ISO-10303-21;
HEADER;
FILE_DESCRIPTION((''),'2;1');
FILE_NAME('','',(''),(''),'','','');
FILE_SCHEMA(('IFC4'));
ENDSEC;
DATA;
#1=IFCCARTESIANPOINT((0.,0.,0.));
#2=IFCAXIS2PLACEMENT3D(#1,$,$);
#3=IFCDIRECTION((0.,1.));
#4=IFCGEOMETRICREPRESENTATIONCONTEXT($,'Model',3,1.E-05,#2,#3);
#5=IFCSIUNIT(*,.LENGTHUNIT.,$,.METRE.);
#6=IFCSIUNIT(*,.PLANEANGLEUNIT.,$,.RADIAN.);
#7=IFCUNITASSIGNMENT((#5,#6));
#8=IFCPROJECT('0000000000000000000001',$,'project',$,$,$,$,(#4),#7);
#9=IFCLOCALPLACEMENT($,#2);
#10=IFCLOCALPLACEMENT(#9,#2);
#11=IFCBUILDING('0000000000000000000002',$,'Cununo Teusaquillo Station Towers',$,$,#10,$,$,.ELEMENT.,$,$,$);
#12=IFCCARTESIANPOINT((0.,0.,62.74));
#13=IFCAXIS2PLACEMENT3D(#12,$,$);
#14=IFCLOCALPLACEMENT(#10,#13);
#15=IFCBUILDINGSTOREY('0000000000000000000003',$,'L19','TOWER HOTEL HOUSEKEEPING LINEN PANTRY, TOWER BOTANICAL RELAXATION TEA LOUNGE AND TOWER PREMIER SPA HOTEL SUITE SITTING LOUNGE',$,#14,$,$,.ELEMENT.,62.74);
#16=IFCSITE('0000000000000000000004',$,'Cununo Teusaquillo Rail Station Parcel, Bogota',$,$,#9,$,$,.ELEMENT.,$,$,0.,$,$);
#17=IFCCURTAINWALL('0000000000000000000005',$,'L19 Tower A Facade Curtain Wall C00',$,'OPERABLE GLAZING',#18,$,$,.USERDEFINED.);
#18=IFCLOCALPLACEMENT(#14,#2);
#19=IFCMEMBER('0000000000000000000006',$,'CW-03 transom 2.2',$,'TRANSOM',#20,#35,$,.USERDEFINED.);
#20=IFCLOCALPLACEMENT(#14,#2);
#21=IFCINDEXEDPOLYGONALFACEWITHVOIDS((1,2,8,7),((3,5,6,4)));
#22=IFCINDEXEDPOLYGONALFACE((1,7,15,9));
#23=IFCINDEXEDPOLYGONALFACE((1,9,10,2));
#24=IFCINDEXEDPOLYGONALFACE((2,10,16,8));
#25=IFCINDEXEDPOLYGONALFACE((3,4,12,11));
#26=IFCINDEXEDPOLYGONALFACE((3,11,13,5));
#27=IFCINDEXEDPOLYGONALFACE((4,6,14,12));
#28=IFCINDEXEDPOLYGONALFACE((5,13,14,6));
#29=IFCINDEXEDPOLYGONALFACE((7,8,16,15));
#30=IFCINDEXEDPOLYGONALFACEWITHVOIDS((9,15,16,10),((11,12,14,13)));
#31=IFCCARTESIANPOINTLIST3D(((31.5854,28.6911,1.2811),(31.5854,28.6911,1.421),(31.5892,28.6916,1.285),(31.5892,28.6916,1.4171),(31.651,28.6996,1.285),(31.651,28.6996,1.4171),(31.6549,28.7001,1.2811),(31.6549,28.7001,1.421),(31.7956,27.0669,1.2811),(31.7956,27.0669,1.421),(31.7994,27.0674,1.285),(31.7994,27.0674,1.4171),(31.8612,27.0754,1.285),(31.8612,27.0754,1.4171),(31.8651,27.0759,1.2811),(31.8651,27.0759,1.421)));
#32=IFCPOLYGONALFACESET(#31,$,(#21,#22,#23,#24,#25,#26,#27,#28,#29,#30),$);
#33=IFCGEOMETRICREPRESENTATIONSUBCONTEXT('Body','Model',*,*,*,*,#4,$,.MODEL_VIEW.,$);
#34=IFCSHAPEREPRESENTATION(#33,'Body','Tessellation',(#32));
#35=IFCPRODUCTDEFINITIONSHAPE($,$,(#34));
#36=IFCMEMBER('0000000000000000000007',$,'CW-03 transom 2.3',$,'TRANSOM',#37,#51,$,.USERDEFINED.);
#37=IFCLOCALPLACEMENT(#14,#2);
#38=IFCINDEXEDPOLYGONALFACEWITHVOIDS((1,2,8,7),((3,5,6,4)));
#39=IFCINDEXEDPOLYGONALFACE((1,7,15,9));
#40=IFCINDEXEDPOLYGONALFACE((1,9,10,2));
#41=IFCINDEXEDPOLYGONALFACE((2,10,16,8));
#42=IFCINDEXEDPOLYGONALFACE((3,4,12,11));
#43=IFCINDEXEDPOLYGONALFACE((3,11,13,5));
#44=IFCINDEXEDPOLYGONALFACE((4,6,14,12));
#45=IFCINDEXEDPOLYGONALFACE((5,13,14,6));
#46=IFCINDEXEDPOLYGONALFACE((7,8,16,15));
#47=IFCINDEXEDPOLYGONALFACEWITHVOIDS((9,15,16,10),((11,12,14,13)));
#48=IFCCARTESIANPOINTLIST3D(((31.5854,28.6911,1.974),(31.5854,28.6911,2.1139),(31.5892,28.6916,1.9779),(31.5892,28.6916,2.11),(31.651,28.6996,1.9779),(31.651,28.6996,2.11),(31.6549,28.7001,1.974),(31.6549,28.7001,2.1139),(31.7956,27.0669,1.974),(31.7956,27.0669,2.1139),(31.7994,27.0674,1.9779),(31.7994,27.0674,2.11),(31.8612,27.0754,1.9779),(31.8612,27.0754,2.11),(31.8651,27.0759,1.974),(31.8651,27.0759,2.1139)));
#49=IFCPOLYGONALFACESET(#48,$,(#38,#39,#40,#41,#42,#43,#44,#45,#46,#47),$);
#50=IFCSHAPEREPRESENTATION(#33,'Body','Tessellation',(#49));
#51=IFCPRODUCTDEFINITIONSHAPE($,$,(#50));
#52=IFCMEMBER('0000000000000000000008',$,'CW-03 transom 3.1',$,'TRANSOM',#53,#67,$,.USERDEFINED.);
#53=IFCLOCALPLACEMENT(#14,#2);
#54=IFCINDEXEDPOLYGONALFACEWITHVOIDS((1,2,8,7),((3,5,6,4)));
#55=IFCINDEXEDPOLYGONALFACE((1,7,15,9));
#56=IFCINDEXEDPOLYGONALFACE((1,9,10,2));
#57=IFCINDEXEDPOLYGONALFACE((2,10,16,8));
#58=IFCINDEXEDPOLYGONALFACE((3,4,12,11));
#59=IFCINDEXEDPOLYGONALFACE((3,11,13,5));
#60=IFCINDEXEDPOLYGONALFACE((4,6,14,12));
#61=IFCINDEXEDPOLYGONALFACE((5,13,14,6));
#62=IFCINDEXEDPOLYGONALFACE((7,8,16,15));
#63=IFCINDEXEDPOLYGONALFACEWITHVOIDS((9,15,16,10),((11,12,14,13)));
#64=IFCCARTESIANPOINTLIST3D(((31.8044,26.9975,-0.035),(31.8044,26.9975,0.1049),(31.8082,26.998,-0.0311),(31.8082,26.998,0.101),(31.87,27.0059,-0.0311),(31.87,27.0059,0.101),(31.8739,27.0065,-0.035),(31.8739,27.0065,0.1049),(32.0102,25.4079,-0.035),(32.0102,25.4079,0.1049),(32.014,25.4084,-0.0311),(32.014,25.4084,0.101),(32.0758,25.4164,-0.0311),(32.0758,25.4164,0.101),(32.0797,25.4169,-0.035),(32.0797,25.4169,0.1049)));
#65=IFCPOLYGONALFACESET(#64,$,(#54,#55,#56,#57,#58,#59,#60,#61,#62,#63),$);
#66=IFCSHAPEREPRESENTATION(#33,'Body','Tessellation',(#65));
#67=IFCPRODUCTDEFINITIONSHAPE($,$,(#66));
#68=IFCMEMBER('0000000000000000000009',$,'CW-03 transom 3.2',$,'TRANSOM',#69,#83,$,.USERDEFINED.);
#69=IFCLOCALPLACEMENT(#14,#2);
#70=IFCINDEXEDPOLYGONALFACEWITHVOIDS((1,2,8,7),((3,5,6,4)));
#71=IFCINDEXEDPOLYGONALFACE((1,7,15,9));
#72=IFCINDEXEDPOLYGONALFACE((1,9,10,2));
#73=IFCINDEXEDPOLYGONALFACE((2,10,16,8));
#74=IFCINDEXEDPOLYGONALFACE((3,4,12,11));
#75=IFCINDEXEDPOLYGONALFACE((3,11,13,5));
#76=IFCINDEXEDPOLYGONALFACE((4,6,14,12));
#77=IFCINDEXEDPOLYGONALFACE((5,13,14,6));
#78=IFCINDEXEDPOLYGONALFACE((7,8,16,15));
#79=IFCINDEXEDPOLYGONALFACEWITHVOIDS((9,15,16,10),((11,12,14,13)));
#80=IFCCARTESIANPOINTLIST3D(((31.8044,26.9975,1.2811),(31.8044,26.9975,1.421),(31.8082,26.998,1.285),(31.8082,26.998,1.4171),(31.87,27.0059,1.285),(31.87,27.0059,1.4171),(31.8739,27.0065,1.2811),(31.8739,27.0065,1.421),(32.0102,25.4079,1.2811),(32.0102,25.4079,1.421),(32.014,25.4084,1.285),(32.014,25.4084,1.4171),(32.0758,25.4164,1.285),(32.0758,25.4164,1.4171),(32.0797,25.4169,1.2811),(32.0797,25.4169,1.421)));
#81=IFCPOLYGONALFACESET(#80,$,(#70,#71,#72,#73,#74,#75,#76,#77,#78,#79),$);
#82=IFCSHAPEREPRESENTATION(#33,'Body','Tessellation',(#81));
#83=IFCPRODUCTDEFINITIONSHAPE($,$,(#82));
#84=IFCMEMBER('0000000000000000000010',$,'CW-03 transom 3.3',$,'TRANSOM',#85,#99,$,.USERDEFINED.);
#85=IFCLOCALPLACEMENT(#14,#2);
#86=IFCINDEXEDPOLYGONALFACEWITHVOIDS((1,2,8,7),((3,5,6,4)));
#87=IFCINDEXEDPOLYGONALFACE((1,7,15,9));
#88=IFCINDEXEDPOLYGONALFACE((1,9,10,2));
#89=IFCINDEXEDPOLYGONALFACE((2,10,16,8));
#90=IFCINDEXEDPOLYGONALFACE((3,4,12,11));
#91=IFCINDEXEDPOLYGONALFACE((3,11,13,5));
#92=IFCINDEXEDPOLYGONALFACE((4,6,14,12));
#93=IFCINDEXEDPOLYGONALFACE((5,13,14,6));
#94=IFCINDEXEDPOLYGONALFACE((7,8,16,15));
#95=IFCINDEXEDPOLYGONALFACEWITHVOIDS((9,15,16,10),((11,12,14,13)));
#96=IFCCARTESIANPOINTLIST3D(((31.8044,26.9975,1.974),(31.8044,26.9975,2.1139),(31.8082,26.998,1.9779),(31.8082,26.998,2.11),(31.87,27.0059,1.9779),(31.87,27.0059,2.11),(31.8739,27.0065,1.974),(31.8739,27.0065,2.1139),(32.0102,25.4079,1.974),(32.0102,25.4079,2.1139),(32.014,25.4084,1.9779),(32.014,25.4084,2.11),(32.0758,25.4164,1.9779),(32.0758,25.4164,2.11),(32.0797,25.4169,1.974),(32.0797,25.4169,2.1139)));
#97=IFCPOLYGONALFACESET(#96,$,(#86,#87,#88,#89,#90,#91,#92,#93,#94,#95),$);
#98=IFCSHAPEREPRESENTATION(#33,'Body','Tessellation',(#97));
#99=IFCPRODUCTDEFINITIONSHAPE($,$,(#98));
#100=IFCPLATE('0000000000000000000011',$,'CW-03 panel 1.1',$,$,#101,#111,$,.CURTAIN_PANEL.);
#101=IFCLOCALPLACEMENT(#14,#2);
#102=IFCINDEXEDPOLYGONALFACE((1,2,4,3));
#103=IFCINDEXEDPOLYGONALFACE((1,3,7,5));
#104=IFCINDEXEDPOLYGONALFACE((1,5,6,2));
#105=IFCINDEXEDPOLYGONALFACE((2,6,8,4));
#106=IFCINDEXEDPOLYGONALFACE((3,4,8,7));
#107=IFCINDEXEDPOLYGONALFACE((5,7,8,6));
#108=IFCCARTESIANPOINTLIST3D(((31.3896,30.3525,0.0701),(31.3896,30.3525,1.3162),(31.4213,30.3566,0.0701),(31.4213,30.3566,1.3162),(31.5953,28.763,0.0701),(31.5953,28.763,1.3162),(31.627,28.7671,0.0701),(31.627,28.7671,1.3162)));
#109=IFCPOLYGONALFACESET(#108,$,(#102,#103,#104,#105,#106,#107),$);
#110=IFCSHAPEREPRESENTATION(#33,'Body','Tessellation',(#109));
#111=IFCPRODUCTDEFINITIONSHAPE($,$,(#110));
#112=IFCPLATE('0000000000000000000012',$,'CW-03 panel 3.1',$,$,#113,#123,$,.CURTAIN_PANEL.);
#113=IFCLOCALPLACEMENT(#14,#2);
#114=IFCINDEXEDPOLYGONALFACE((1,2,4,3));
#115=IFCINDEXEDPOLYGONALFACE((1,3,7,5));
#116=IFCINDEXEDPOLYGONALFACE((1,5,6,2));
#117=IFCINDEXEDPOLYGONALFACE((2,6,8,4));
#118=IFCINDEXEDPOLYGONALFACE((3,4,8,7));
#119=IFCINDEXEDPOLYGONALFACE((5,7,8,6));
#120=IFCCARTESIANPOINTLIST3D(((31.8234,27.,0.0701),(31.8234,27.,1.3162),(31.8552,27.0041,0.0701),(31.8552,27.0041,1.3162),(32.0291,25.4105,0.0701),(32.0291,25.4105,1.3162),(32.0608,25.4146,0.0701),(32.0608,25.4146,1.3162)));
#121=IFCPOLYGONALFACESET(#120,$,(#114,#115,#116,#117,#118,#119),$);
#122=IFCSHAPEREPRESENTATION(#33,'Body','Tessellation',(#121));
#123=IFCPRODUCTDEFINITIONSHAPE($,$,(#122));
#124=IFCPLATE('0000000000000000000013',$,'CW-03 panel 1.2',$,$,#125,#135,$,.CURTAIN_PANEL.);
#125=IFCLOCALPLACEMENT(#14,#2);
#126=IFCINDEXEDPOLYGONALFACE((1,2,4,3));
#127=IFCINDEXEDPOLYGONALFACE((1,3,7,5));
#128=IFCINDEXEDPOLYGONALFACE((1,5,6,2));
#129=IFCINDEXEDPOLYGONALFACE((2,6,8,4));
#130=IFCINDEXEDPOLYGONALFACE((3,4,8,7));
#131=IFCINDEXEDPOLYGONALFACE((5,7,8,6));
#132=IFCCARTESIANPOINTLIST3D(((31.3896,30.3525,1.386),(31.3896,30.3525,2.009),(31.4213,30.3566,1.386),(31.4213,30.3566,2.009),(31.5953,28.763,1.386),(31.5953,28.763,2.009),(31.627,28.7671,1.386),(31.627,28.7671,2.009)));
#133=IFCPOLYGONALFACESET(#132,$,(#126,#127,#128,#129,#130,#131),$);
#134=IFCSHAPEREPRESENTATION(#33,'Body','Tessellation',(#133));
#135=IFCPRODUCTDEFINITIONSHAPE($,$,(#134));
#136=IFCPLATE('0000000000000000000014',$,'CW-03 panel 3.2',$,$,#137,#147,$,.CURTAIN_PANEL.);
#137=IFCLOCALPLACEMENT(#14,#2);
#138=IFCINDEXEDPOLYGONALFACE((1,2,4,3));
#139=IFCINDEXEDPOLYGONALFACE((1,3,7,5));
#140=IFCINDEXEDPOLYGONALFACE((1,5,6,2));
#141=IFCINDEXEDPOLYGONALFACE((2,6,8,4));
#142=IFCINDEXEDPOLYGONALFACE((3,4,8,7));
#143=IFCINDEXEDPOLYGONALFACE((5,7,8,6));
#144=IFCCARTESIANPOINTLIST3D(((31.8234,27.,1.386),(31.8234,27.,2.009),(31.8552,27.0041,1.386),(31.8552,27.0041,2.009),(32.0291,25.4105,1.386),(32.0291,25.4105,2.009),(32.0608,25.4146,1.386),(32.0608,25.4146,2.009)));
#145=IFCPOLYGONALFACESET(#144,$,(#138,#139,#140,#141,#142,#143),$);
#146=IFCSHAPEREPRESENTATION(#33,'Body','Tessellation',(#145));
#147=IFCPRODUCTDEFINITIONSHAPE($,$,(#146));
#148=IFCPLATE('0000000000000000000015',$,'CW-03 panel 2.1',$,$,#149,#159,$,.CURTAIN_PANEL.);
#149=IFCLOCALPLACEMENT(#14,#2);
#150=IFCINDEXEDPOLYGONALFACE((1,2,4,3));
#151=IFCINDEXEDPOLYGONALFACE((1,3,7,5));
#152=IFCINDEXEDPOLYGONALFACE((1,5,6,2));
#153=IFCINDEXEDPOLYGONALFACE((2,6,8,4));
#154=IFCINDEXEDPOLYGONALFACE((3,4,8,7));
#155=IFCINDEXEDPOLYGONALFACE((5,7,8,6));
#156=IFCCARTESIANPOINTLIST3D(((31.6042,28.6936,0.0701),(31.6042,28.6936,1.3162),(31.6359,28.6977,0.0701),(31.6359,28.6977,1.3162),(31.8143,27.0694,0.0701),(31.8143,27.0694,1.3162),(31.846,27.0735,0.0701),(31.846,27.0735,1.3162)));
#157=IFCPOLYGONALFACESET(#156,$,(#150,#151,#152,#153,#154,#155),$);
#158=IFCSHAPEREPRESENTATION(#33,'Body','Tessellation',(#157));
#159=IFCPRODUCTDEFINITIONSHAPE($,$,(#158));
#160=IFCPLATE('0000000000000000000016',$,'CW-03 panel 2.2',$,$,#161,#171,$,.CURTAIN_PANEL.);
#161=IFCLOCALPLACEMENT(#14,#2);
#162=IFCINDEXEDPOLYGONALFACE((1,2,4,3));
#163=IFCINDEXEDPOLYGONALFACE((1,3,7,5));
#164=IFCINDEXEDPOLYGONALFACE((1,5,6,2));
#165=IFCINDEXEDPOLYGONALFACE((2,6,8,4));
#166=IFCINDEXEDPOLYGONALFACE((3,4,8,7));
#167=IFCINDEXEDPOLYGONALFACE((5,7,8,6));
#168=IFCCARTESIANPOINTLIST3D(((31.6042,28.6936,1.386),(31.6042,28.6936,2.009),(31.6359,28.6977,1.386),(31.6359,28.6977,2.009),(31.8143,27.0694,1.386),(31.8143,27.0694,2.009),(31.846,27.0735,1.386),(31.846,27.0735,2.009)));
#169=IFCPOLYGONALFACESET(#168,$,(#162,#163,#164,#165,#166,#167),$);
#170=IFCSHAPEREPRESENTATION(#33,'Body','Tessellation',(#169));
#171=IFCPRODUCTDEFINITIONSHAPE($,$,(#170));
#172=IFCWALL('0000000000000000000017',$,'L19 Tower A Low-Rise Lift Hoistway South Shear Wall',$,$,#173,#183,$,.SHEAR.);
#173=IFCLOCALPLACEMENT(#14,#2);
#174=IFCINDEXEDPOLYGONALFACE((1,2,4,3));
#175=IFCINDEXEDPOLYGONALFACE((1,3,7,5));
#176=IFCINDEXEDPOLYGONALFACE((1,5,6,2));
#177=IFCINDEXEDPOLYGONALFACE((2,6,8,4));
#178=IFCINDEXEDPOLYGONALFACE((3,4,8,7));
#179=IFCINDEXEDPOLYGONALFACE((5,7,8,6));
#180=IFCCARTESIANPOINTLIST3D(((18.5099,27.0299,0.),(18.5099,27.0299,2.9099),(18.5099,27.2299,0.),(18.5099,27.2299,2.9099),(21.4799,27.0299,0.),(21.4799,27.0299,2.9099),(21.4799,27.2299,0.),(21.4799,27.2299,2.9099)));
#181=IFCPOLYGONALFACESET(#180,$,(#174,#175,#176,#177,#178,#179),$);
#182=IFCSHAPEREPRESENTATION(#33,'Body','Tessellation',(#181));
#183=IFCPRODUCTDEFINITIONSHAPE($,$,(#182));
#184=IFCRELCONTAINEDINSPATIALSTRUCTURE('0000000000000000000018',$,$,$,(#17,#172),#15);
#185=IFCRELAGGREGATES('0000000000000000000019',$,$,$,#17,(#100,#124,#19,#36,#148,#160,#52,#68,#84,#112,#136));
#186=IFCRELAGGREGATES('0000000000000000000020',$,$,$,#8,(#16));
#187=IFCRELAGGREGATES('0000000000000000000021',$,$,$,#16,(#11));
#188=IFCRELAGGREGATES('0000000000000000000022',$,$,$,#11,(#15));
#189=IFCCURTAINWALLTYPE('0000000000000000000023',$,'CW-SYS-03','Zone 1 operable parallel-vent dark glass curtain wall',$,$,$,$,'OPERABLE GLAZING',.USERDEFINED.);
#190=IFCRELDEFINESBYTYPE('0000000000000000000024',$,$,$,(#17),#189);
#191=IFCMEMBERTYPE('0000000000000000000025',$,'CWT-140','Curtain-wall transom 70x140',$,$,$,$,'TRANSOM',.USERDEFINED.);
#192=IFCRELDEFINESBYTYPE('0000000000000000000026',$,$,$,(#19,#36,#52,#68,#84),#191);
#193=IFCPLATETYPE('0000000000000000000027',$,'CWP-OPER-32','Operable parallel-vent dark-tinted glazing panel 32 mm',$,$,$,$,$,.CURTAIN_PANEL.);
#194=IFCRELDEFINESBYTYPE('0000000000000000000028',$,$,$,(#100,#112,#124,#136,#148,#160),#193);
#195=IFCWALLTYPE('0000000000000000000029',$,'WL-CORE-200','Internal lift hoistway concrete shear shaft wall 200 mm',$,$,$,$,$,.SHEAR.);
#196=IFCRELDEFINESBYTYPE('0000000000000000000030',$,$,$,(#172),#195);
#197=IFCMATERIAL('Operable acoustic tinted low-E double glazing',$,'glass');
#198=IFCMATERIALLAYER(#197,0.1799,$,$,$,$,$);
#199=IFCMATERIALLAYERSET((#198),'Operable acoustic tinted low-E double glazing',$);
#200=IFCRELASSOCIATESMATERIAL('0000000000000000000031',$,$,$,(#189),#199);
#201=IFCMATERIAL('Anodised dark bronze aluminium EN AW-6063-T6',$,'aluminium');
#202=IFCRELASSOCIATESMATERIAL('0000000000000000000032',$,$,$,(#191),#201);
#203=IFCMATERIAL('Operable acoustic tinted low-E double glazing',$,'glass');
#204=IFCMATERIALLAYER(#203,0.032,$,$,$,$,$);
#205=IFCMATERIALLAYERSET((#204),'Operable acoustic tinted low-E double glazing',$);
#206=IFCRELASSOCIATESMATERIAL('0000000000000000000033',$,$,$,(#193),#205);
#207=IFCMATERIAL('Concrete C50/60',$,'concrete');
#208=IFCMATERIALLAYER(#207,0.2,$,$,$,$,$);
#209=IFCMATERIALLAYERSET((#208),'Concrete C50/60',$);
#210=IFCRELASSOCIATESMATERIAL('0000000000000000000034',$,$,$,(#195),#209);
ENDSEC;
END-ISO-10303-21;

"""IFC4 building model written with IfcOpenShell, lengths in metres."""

from ifc_helpers import new_model, si_unit, direction, frame, frame_2d, origin, origin_2d, place, context, subcontext, project, spatial, rectangle, hollow_rectangle, extrude, source, transform, mapped, material, layer, layer_set, material_profile, profile_set, type_object, element, aggregate, save


model = new_model("IFC4")

# Units and contexts
model_context = context("Model", 3, precision=1e-05, world=origin(), true_north=direction((0.0, 1.0)))
body_context = subcontext(model_context, "Body", "Model", "MODEL_VIEW")
ifc_project = project(units=[si_unit("LENGTHUNIT", "METRE"), si_unit("PLANEANGLEUNIT", "RADIAN")], contexts=[model_context])

# Site, building, storey
site_placement = place(None, origin())
site = spatial("IfcSite", under=ifc_project, at=site_placement, Name="Cununo Teusaquillo Rail Station Parcel, Bogota", CompositionType="ELEMENT", RefElevation=0.0)
building_placement = place(site_placement, origin())
building = spatial("IfcBuilding", under=site, at=building_placement, Name="Cununo Teusaquillo Station Towers", CompositionType="ELEMENT")
storey_placement = place(building_placement, frame((0.0, 0.0, 62.74)))
storey = spatial("IfcBuildingStorey", under=building, at=storey_placement, Name="L19", Description="TOWER HOTEL HOUSEKEEPING LINEN PANTRY, TOWER BOTANICAL RELAXATION TEA LOUNGE AND TOWER PREMIER SPA HOTEL SUITE SITTING LOUNGE", CompositionType="ELEMENT", Elevation=62.74)

# Curtain wall, members, plates
ifc_material_1 = material(Name="Operable acoustic tinted low-E double glazing", Category="glass")
ifc_layer_1 = layer(ifc_material_1, 0.1799)
ifc_layer_set_1 = layer_set([ifc_layer_1], Name="Operable acoustic tinted low-E double glazing")
curtain_wall_type = type_object("IfcCurtainWallType", Name="CW-SYS-03", Description="Zone 1 operable parallel-vent dark glass curtain wall", ElementType="OPERABLE GLAZING", PredefinedType="USERDEFINED", material=ifc_layer_set_1)
curtain_wall_placement = place(storey_placement, origin())
curtain_wall = element("IfcCurtainWall", 1, at=curtain_wall_placement, inside=storey, type_object=curtain_wall_type, Name="L19 Tower A Facade Curtain Wall C00", ObjectType="OPERABLE GLAZING", PredefinedType="USERDEFINED")
ifc_material_2 = material(Name="Anodised dark bronze aluminium EN AW-6063-T6", Category="aluminium")
ifc_material_profile_1 = material_profile(ifc_material_2, hollow_rectangle(XDim=0.0701, YDim=0.1399, WallThickness=0.0039, at=origin_2d()), Name="CW-TRAN-70x140")
ifc_profile_set_1 = profile_set([ifc_material_profile_1], Name="Anodised dark bronze aluminium EN AW-6063-T6")
member_type_1 = type_object("IfcMemberType", Name="CWT-140", Description="Curtain-wall transom 70x140", ElementType="TRANSOM", PredefinedType="USERDEFINED", material=ifc_profile_set_1)
member_1_placement = place(storey_placement, frame((31.6201, 28.6956, 1.3511), z_axis=(0.128345, -0.99173, 0.0), x_axis=(0.99173, 0.128345, 0.0)))
member_1 = element("IfcMember", 2, at=member_1_placement, type_object=member_type_1, Name="CW-03 transom 2.2", ObjectType="TRANSOM", PredefinedType="USERDEFINED", context=body_context, shape_type="SweptSolid", body=[
    extrude(hollow_rectangle(XDim=0.0701, YDim=0.1399, WallThickness=0.0039, at=origin_2d()), origin(), (0.0, 0.0, 1.0), 1.6377),
])
member_2_placement = place(storey_placement, frame((31.6201, 28.6956, 2.0439), z_axis=(0.128345, -0.99173, 0.0), x_axis=(0.99173, 0.128345, 0.0)))
member_2 = element("IfcMember", 3, at=member_2_placement, type_object=member_type_1, Name="CW-03 transom 2.3", ObjectType="TRANSOM", PredefinedType="USERDEFINED", context=body_context, shape_type="SweptSolid", body=[
    extrude(hollow_rectangle(XDim=0.0701, YDim=0.1399, WallThickness=0.0039, at=origin_2d()), origin(), (0.0, 0.0, 1.0), 1.6377),
])
member_3_placement = place(storey_placement, frame((31.8391, 27.002, 0.0349), z_axis=(0.128401, -0.991722, 0.0), x_axis=(0.991722, 0.128401, 0.0)))
member_3 = element("IfcMember", 4, at=member_3_placement, type_object=member_type_1, Name="CW-03 transom 3.1", ObjectType="TRANSOM", PredefinedType="USERDEFINED", context=body_context, shape_type="SweptSolid", body=[
    extrude(hollow_rectangle(XDim=0.0701, YDim=0.1399, WallThickness=0.0039, at=origin_2d()), origin(), (0.0, 0.0, 1.0), 1.6028),
])
member_4_placement = place(storey_placement, frame((31.8391, 27.002, 1.3511), z_axis=(0.128401, -0.991722, 0.0), x_axis=(0.991722, 0.128401, 0.0)))
member_4 = element("IfcMember", 5, at=member_4_placement, type_object=member_type_1, Name="CW-03 transom 3.2", ObjectType="TRANSOM", PredefinedType="USERDEFINED", context=body_context, shape_type="SweptSolid", body=[
    extrude(hollow_rectangle(XDim=0.0701, YDim=0.1399, WallThickness=0.0039, at=origin_2d()), origin(), (0.0, 0.0, 1.0), 1.6028),
])
member_5_placement = place(storey_placement, frame((31.8391, 27.002, 2.0439), z_axis=(0.128401, -0.991722, 0.0), x_axis=(0.991722, 0.128401, 0.0)))
member_5 = element("IfcMember", 6, at=member_5_placement, type_object=member_type_1, Name="CW-03 transom 3.3", ObjectType="TRANSOM", PredefinedType="USERDEFINED", context=body_context, shape_type="SweptSolid", body=[
    extrude(hollow_rectangle(XDim=0.0701, YDim=0.1399, WallThickness=0.0039, at=origin_2d()), origin(), (0.0, 0.0, 1.0), 1.6028),
])
ifc_material_3 = material(Name="Operable acoustic tinted low-E double glazing", Category="glass")
ifc_layer_2 = layer(ifc_material_3, 0.032)
ifc_layer_set_2 = layer_set([ifc_layer_2], Name="Operable acoustic tinted low-E double glazing")
plate_type = type_object("IfcPlateType", Name="CWP-OPER-32", Description="Operable parallel-vent dark-tinted glazing panel 32 mm", PredefinedType="CURTAIN_PANEL", material=ifc_layer_set_2)
shared_shape_1 = source(origin(), body_context, "Body", "SweptSolid", [
    extrude(rectangle(XDim=1.6028, YDim=0.032, at=origin_2d()), origin(), (0.0, 0.0, 1.0), 1.2461),
])
plate_1_placement = place(storey_placement, frame((31.5083, 29.5598, 0.0701), z_axis=(0.0, 0.0, 1.0), x_axis=(0.128336, -0.991731, 0.0)))
plate_1 = element("IfcPlate", 7, at=plate_1_placement, type_object=plate_type, Name="CW-03 panel 1.1", PredefinedType="CURTAIN_PANEL", context=body_context, shape_type="MappedRepresentation", body=[
    mapped(shared_shape_1, transform((0.0, 0.0, 0.0), x_axis=(1.0, 0.0, 0.0), y_axis=(0.0, 1.0, 0.0), z_axis=(0.0, 0.0, 1.0), scale=1.0)),
])
plate_2_placement = place(storey_placement, frame((31.9421, 26.2073, 0.0701), z_axis=(0.0, 0.0, 1.0), x_axis=(0.128336, -0.991731, 0.0)))
plate_2 = element("IfcPlate", 8, at=plate_2_placement, type_object=plate_type, Name="CW-03 panel 3.1", PredefinedType="CURTAIN_PANEL", context=body_context, shape_type="MappedRepresentation", body=[
    mapped(shared_shape_1, transform((0.0, 0.0, 0.0), x_axis=(1.0, 0.0, 0.0), y_axis=(0.0, 1.0, 0.0), z_axis=(0.0, 0.0, 1.0), scale=1.0)),
])
shared_shape_2 = source(origin(), body_context, "Body", "SweptSolid", [
    extrude(rectangle(XDim=1.6028, YDim=0.032, at=origin_2d()), origin(), (0.0, 0.0, 1.0), 0.623),
])
plate_3_placement = place(storey_placement, frame((31.5083, 29.5598, 1.386), z_axis=(0.0, 0.0, 1.0), x_axis=(0.128336, -0.991731, 0.0)))
plate_3 = element("IfcPlate", 9, at=plate_3_placement, type_object=plate_type, Name="CW-03 panel 1.2", PredefinedType="CURTAIN_PANEL", context=body_context, shape_type="MappedRepresentation", body=[
    mapped(shared_shape_2, transform((0.0, 0.0, 0.0), x_axis=(1.0, 0.0, 0.0), y_axis=(0.0, 1.0, 0.0), z_axis=(0.0, 0.0, 1.0), scale=1.0)),
])
plate_4_placement = place(storey_placement, frame((31.9421, 26.2073, 1.386), z_axis=(0.0, 0.0, 1.0), x_axis=(0.128336, -0.991731, 0.0)))
plate_4 = element("IfcPlate", 10, at=plate_4_placement, type_object=plate_type, Name="CW-03 panel 3.2", PredefinedType="CURTAIN_PANEL", context=body_context, shape_type="MappedRepresentation", body=[
    mapped(shared_shape_2, transform((0.0, 0.0, 0.0), x_axis=(1.0, 0.0, 0.0), y_axis=(0.0, 1.0, 0.0), z_axis=(0.0, 0.0, 1.0), scale=1.0)),
])
shared_shape_3 = source(origin(), body_context, "Body", "SweptSolid", [
    extrude(rectangle(XDim=1.6377, YDim=0.032, at=origin_2d()), origin(), (0.0, 0.0, 1.0), 1.2461),
])
plate_5_placement = place(storey_placement, frame((31.7251, 27.8835, 0.0701), z_axis=(0.0, 0.0, 1.0), x_axis=(0.128336, -0.991731, 0.0)))
plate_5 = element("IfcPlate", 11, at=plate_5_placement, type_object=plate_type, Name="CW-03 panel 2.1", PredefinedType="CURTAIN_PANEL", context=body_context, shape_type="MappedRepresentation", body=[
    mapped(shared_shape_3, transform((0.0, 0.0, 0.0), x_axis=(1.0, 0.0, 0.0), y_axis=(0.0, 1.0, 0.0), z_axis=(0.0, 0.0, 1.0), scale=1.0)),
])
shared_shape_4 = source(origin(), body_context, "Body", "SweptSolid", [
    extrude(rectangle(XDim=1.6377, YDim=0.032, at=origin_2d()), origin(), (0.0, 0.0, 1.0), 0.623),
])
plate_6_placement = place(storey_placement, frame((31.7251, 27.8835, 1.386), z_axis=(0.0, 0.0, 1.0), x_axis=(0.128336, -0.991731, 0.0)))
plate_6 = element("IfcPlate", 12, at=plate_6_placement, type_object=plate_type, Name="CW-03 panel 2.2", PredefinedType="CURTAIN_PANEL", context=body_context, shape_type="MappedRepresentation", body=[
    mapped(shared_shape_4, transform((0.0, 0.0, 0.0), x_axis=(1.0, 0.0, 0.0), y_axis=(0.0, 1.0, 0.0), z_axis=(0.0, 0.0, 1.0), scale=1.0)),
])
aggregate(curtain_wall, [plate_1, plate_3, member_1, member_2, plate_5, plate_6, member_3, member_4, member_5, plate_2, plate_4])

# Wall
ifc_material_4 = material(Name="Concrete C50/60", Category="concrete")
ifc_layer_3 = layer(ifc_material_4, 0.2)
ifc_layer_set_3 = layer_set([ifc_layer_3], Name="Concrete C50/60")
wall_type_1 = type_object("IfcWallType", Name="WL-CORE-200", Description="Internal lift hoistway concrete shear shaft wall 200 mm", PredefinedType="SHEAR", material=ifc_layer_set_3)
for number, where, z_axis, x_axis, name in (
    (13, (18.51, 27.1299, 0.0), (0.0, 0.0, 1.0), (1.0, 0.0, 0.0), "L19 Tower A Low-Rise Lift Hoistway South Shear Wall"),
):
    element("IfcWall", number, at=place(storey_placement, frame(where, z_axis=z_axis, x_axis=x_axis)), inside=storey, type_object=wall_type_1, Name=name, PredefinedType="SHEAR", context=body_context, shape_type="SweptSolid", body=[
        extrude(rectangle(XDim=2.97, YDim=0.2, at=frame_2d((1.4849, 0.0))), origin(), (0.0, 0.0, 1.0), 2.9099),
    ])

save(model, "model.ifc")
